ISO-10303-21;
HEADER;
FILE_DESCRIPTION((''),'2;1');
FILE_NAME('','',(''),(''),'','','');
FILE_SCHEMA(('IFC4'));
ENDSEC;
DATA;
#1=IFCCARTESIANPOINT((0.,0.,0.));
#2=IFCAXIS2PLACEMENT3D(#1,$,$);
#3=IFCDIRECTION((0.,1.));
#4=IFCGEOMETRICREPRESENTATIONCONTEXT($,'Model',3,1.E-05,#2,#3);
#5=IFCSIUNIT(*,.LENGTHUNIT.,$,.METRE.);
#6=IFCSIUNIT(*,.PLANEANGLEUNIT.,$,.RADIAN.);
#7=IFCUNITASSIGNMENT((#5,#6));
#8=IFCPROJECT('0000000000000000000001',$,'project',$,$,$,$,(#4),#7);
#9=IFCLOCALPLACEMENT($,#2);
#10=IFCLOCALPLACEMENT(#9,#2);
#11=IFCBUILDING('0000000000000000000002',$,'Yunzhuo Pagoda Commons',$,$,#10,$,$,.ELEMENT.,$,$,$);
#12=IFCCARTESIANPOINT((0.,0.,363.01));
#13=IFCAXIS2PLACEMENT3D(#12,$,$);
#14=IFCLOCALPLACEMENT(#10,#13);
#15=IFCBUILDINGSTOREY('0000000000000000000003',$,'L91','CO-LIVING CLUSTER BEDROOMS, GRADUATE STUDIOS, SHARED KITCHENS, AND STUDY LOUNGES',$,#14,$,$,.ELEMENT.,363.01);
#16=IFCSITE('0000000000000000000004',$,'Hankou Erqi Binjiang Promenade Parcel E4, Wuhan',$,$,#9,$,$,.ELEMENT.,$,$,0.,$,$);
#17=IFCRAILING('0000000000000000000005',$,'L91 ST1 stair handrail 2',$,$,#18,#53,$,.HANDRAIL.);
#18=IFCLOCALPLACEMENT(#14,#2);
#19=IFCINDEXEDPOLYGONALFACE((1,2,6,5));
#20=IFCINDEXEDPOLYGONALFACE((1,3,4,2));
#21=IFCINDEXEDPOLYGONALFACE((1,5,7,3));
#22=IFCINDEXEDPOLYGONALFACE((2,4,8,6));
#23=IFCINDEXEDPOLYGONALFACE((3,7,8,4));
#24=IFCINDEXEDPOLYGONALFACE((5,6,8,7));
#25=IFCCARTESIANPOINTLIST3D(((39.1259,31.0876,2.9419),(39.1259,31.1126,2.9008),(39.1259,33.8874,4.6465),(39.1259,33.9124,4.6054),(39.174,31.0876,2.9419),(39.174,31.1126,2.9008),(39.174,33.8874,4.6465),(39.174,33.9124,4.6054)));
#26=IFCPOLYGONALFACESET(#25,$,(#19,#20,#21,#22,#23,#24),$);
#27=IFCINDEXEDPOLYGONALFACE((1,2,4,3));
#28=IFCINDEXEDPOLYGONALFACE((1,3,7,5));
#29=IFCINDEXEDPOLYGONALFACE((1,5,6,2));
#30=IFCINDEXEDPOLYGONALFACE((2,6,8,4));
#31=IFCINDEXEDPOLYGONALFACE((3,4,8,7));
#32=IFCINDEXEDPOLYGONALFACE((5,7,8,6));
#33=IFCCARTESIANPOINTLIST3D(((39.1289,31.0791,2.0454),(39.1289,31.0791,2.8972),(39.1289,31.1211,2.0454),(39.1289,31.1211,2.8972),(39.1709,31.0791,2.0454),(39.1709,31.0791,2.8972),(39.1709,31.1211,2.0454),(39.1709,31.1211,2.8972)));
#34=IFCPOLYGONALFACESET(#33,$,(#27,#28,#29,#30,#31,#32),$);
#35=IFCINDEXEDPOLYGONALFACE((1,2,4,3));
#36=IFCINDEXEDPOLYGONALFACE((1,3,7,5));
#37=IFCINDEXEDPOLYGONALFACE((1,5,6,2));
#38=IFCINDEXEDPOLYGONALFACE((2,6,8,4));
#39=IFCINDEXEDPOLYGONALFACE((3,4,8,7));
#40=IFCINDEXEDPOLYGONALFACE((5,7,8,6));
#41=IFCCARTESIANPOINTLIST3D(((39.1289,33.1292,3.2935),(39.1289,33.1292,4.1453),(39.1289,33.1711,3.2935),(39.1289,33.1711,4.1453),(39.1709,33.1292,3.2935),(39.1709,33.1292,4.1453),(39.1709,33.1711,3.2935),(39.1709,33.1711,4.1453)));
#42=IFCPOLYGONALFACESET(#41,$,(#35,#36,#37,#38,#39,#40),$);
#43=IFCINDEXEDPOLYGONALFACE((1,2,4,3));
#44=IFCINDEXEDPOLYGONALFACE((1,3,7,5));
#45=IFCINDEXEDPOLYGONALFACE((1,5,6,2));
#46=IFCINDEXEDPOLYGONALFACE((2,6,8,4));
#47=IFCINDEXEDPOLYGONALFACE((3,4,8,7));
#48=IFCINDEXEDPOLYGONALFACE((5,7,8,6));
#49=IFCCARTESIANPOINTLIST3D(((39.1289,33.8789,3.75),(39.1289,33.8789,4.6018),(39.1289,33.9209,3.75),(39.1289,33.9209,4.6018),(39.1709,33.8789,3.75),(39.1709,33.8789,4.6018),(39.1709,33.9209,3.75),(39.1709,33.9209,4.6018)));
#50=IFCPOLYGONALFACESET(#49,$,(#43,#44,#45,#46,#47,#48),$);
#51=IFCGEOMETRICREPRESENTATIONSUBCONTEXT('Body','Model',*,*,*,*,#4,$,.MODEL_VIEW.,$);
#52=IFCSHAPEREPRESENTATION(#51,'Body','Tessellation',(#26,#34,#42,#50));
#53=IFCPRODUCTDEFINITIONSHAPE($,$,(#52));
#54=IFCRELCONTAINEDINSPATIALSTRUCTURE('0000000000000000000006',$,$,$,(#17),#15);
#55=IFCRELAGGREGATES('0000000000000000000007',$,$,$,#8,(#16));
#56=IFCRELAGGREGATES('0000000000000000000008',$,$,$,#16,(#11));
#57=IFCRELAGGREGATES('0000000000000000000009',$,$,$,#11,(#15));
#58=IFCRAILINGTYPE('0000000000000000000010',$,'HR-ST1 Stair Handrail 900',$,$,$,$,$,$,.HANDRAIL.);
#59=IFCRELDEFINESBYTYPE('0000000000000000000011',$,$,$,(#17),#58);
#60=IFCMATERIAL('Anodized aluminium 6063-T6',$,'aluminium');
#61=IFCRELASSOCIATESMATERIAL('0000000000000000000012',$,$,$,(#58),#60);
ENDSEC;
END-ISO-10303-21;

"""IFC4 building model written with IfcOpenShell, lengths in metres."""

from ifc_helpers import new_model, si_unit, direction, frame, origin, origin_2d, place, context, subcontext, project, spatial, rectangle, extrude, material, type_object, element, save


model = new_model("IFC4")

# Units and contexts
model_context = context("Model", 3, precision=1e-05, world=origin(), true_north=direction((0.0, 1.0)))
body_context = subcontext(model_context, "Body", "Model", "MODEL_VIEW")
ifc_project = project(units=[si_unit("LENGTHUNIT", "METRE"), si_unit("PLANEANGLEUNIT", "RADIAN")], contexts=[model_context])

# Site, building, storey
site_placement = place(None, origin())
site = spatial("IfcSite", under=ifc_project, at=site_placement, Name="Hankou Erqi Binjiang Promenade Parcel E4, Wuhan", CompositionType="ELEMENT", RefElevation=0.0)
building_placement = place(site_placement, origin())
building = spatial("IfcBuilding", under=site, at=building_placement, Name="Yunzhuo Pagoda Commons", CompositionType="ELEMENT")
storey_placement = place(building_placement, frame((0.0, 0.0, 363.01)))
storey = spatial("IfcBuildingStorey", under=building, at=storey_placement, Name="L91", Description="CO-LIVING CLUSTER BEDROOMS, GRADUATE STUDIOS, SHARED KITCHENS, AND STUDY LOUNGES", CompositionType="ELEMENT", Elevation=363.01)

# Railing
ifc_material_1 = material(Name="Anodized aluminium 6063-T6", Category="aluminium")
railing_type_1 = type_object("IfcRailingType", Name="HR-ST1 Stair Handrail 900", PredefinedType="HANDRAIL", material=ifc_material_1)
railing_1_placement = place(storey_placement, frame((39.1499, 31.1001, 2.0454)))
element("IfcRailing", 1, at=railing_1_placement, inside=storey, type_object=railing_type_1, Name="L91 ST1 stair handrail 2", PredefinedType="HANDRAIL", context=body_context, shape_type="SweptSolid", body=[
    extrude(rectangle(XDim=0.0481, YDim=0.0481, at=origin_2d()), frame((0.0, 0.0, 0.876), z_axis=(0.0, 0.85415, 0.520027), x_axis=(-1.0, 0.0, 0.0)), (0.0, 0.0, 1.0), 3.2778),
    extrude(rectangle(XDim=0.042, YDim=0.042, at=origin_2d()), origin(), (0.0, 0.0, 1.0), 0.8518),
    extrude(rectangle(XDim=0.042, YDim=0.042, at=origin_2d()), frame((0.0, 2.05, 1.248)), (0.0, 0.0, 1.0), 0.8518),
    extrude(rectangle(XDim=0.042, YDim=0.042, at=origin_2d()), frame((0.0, 2.7998, 1.7046)), (0.0, 0.0, 1.0), 0.8518),
])

save(model, "model.ifc")
